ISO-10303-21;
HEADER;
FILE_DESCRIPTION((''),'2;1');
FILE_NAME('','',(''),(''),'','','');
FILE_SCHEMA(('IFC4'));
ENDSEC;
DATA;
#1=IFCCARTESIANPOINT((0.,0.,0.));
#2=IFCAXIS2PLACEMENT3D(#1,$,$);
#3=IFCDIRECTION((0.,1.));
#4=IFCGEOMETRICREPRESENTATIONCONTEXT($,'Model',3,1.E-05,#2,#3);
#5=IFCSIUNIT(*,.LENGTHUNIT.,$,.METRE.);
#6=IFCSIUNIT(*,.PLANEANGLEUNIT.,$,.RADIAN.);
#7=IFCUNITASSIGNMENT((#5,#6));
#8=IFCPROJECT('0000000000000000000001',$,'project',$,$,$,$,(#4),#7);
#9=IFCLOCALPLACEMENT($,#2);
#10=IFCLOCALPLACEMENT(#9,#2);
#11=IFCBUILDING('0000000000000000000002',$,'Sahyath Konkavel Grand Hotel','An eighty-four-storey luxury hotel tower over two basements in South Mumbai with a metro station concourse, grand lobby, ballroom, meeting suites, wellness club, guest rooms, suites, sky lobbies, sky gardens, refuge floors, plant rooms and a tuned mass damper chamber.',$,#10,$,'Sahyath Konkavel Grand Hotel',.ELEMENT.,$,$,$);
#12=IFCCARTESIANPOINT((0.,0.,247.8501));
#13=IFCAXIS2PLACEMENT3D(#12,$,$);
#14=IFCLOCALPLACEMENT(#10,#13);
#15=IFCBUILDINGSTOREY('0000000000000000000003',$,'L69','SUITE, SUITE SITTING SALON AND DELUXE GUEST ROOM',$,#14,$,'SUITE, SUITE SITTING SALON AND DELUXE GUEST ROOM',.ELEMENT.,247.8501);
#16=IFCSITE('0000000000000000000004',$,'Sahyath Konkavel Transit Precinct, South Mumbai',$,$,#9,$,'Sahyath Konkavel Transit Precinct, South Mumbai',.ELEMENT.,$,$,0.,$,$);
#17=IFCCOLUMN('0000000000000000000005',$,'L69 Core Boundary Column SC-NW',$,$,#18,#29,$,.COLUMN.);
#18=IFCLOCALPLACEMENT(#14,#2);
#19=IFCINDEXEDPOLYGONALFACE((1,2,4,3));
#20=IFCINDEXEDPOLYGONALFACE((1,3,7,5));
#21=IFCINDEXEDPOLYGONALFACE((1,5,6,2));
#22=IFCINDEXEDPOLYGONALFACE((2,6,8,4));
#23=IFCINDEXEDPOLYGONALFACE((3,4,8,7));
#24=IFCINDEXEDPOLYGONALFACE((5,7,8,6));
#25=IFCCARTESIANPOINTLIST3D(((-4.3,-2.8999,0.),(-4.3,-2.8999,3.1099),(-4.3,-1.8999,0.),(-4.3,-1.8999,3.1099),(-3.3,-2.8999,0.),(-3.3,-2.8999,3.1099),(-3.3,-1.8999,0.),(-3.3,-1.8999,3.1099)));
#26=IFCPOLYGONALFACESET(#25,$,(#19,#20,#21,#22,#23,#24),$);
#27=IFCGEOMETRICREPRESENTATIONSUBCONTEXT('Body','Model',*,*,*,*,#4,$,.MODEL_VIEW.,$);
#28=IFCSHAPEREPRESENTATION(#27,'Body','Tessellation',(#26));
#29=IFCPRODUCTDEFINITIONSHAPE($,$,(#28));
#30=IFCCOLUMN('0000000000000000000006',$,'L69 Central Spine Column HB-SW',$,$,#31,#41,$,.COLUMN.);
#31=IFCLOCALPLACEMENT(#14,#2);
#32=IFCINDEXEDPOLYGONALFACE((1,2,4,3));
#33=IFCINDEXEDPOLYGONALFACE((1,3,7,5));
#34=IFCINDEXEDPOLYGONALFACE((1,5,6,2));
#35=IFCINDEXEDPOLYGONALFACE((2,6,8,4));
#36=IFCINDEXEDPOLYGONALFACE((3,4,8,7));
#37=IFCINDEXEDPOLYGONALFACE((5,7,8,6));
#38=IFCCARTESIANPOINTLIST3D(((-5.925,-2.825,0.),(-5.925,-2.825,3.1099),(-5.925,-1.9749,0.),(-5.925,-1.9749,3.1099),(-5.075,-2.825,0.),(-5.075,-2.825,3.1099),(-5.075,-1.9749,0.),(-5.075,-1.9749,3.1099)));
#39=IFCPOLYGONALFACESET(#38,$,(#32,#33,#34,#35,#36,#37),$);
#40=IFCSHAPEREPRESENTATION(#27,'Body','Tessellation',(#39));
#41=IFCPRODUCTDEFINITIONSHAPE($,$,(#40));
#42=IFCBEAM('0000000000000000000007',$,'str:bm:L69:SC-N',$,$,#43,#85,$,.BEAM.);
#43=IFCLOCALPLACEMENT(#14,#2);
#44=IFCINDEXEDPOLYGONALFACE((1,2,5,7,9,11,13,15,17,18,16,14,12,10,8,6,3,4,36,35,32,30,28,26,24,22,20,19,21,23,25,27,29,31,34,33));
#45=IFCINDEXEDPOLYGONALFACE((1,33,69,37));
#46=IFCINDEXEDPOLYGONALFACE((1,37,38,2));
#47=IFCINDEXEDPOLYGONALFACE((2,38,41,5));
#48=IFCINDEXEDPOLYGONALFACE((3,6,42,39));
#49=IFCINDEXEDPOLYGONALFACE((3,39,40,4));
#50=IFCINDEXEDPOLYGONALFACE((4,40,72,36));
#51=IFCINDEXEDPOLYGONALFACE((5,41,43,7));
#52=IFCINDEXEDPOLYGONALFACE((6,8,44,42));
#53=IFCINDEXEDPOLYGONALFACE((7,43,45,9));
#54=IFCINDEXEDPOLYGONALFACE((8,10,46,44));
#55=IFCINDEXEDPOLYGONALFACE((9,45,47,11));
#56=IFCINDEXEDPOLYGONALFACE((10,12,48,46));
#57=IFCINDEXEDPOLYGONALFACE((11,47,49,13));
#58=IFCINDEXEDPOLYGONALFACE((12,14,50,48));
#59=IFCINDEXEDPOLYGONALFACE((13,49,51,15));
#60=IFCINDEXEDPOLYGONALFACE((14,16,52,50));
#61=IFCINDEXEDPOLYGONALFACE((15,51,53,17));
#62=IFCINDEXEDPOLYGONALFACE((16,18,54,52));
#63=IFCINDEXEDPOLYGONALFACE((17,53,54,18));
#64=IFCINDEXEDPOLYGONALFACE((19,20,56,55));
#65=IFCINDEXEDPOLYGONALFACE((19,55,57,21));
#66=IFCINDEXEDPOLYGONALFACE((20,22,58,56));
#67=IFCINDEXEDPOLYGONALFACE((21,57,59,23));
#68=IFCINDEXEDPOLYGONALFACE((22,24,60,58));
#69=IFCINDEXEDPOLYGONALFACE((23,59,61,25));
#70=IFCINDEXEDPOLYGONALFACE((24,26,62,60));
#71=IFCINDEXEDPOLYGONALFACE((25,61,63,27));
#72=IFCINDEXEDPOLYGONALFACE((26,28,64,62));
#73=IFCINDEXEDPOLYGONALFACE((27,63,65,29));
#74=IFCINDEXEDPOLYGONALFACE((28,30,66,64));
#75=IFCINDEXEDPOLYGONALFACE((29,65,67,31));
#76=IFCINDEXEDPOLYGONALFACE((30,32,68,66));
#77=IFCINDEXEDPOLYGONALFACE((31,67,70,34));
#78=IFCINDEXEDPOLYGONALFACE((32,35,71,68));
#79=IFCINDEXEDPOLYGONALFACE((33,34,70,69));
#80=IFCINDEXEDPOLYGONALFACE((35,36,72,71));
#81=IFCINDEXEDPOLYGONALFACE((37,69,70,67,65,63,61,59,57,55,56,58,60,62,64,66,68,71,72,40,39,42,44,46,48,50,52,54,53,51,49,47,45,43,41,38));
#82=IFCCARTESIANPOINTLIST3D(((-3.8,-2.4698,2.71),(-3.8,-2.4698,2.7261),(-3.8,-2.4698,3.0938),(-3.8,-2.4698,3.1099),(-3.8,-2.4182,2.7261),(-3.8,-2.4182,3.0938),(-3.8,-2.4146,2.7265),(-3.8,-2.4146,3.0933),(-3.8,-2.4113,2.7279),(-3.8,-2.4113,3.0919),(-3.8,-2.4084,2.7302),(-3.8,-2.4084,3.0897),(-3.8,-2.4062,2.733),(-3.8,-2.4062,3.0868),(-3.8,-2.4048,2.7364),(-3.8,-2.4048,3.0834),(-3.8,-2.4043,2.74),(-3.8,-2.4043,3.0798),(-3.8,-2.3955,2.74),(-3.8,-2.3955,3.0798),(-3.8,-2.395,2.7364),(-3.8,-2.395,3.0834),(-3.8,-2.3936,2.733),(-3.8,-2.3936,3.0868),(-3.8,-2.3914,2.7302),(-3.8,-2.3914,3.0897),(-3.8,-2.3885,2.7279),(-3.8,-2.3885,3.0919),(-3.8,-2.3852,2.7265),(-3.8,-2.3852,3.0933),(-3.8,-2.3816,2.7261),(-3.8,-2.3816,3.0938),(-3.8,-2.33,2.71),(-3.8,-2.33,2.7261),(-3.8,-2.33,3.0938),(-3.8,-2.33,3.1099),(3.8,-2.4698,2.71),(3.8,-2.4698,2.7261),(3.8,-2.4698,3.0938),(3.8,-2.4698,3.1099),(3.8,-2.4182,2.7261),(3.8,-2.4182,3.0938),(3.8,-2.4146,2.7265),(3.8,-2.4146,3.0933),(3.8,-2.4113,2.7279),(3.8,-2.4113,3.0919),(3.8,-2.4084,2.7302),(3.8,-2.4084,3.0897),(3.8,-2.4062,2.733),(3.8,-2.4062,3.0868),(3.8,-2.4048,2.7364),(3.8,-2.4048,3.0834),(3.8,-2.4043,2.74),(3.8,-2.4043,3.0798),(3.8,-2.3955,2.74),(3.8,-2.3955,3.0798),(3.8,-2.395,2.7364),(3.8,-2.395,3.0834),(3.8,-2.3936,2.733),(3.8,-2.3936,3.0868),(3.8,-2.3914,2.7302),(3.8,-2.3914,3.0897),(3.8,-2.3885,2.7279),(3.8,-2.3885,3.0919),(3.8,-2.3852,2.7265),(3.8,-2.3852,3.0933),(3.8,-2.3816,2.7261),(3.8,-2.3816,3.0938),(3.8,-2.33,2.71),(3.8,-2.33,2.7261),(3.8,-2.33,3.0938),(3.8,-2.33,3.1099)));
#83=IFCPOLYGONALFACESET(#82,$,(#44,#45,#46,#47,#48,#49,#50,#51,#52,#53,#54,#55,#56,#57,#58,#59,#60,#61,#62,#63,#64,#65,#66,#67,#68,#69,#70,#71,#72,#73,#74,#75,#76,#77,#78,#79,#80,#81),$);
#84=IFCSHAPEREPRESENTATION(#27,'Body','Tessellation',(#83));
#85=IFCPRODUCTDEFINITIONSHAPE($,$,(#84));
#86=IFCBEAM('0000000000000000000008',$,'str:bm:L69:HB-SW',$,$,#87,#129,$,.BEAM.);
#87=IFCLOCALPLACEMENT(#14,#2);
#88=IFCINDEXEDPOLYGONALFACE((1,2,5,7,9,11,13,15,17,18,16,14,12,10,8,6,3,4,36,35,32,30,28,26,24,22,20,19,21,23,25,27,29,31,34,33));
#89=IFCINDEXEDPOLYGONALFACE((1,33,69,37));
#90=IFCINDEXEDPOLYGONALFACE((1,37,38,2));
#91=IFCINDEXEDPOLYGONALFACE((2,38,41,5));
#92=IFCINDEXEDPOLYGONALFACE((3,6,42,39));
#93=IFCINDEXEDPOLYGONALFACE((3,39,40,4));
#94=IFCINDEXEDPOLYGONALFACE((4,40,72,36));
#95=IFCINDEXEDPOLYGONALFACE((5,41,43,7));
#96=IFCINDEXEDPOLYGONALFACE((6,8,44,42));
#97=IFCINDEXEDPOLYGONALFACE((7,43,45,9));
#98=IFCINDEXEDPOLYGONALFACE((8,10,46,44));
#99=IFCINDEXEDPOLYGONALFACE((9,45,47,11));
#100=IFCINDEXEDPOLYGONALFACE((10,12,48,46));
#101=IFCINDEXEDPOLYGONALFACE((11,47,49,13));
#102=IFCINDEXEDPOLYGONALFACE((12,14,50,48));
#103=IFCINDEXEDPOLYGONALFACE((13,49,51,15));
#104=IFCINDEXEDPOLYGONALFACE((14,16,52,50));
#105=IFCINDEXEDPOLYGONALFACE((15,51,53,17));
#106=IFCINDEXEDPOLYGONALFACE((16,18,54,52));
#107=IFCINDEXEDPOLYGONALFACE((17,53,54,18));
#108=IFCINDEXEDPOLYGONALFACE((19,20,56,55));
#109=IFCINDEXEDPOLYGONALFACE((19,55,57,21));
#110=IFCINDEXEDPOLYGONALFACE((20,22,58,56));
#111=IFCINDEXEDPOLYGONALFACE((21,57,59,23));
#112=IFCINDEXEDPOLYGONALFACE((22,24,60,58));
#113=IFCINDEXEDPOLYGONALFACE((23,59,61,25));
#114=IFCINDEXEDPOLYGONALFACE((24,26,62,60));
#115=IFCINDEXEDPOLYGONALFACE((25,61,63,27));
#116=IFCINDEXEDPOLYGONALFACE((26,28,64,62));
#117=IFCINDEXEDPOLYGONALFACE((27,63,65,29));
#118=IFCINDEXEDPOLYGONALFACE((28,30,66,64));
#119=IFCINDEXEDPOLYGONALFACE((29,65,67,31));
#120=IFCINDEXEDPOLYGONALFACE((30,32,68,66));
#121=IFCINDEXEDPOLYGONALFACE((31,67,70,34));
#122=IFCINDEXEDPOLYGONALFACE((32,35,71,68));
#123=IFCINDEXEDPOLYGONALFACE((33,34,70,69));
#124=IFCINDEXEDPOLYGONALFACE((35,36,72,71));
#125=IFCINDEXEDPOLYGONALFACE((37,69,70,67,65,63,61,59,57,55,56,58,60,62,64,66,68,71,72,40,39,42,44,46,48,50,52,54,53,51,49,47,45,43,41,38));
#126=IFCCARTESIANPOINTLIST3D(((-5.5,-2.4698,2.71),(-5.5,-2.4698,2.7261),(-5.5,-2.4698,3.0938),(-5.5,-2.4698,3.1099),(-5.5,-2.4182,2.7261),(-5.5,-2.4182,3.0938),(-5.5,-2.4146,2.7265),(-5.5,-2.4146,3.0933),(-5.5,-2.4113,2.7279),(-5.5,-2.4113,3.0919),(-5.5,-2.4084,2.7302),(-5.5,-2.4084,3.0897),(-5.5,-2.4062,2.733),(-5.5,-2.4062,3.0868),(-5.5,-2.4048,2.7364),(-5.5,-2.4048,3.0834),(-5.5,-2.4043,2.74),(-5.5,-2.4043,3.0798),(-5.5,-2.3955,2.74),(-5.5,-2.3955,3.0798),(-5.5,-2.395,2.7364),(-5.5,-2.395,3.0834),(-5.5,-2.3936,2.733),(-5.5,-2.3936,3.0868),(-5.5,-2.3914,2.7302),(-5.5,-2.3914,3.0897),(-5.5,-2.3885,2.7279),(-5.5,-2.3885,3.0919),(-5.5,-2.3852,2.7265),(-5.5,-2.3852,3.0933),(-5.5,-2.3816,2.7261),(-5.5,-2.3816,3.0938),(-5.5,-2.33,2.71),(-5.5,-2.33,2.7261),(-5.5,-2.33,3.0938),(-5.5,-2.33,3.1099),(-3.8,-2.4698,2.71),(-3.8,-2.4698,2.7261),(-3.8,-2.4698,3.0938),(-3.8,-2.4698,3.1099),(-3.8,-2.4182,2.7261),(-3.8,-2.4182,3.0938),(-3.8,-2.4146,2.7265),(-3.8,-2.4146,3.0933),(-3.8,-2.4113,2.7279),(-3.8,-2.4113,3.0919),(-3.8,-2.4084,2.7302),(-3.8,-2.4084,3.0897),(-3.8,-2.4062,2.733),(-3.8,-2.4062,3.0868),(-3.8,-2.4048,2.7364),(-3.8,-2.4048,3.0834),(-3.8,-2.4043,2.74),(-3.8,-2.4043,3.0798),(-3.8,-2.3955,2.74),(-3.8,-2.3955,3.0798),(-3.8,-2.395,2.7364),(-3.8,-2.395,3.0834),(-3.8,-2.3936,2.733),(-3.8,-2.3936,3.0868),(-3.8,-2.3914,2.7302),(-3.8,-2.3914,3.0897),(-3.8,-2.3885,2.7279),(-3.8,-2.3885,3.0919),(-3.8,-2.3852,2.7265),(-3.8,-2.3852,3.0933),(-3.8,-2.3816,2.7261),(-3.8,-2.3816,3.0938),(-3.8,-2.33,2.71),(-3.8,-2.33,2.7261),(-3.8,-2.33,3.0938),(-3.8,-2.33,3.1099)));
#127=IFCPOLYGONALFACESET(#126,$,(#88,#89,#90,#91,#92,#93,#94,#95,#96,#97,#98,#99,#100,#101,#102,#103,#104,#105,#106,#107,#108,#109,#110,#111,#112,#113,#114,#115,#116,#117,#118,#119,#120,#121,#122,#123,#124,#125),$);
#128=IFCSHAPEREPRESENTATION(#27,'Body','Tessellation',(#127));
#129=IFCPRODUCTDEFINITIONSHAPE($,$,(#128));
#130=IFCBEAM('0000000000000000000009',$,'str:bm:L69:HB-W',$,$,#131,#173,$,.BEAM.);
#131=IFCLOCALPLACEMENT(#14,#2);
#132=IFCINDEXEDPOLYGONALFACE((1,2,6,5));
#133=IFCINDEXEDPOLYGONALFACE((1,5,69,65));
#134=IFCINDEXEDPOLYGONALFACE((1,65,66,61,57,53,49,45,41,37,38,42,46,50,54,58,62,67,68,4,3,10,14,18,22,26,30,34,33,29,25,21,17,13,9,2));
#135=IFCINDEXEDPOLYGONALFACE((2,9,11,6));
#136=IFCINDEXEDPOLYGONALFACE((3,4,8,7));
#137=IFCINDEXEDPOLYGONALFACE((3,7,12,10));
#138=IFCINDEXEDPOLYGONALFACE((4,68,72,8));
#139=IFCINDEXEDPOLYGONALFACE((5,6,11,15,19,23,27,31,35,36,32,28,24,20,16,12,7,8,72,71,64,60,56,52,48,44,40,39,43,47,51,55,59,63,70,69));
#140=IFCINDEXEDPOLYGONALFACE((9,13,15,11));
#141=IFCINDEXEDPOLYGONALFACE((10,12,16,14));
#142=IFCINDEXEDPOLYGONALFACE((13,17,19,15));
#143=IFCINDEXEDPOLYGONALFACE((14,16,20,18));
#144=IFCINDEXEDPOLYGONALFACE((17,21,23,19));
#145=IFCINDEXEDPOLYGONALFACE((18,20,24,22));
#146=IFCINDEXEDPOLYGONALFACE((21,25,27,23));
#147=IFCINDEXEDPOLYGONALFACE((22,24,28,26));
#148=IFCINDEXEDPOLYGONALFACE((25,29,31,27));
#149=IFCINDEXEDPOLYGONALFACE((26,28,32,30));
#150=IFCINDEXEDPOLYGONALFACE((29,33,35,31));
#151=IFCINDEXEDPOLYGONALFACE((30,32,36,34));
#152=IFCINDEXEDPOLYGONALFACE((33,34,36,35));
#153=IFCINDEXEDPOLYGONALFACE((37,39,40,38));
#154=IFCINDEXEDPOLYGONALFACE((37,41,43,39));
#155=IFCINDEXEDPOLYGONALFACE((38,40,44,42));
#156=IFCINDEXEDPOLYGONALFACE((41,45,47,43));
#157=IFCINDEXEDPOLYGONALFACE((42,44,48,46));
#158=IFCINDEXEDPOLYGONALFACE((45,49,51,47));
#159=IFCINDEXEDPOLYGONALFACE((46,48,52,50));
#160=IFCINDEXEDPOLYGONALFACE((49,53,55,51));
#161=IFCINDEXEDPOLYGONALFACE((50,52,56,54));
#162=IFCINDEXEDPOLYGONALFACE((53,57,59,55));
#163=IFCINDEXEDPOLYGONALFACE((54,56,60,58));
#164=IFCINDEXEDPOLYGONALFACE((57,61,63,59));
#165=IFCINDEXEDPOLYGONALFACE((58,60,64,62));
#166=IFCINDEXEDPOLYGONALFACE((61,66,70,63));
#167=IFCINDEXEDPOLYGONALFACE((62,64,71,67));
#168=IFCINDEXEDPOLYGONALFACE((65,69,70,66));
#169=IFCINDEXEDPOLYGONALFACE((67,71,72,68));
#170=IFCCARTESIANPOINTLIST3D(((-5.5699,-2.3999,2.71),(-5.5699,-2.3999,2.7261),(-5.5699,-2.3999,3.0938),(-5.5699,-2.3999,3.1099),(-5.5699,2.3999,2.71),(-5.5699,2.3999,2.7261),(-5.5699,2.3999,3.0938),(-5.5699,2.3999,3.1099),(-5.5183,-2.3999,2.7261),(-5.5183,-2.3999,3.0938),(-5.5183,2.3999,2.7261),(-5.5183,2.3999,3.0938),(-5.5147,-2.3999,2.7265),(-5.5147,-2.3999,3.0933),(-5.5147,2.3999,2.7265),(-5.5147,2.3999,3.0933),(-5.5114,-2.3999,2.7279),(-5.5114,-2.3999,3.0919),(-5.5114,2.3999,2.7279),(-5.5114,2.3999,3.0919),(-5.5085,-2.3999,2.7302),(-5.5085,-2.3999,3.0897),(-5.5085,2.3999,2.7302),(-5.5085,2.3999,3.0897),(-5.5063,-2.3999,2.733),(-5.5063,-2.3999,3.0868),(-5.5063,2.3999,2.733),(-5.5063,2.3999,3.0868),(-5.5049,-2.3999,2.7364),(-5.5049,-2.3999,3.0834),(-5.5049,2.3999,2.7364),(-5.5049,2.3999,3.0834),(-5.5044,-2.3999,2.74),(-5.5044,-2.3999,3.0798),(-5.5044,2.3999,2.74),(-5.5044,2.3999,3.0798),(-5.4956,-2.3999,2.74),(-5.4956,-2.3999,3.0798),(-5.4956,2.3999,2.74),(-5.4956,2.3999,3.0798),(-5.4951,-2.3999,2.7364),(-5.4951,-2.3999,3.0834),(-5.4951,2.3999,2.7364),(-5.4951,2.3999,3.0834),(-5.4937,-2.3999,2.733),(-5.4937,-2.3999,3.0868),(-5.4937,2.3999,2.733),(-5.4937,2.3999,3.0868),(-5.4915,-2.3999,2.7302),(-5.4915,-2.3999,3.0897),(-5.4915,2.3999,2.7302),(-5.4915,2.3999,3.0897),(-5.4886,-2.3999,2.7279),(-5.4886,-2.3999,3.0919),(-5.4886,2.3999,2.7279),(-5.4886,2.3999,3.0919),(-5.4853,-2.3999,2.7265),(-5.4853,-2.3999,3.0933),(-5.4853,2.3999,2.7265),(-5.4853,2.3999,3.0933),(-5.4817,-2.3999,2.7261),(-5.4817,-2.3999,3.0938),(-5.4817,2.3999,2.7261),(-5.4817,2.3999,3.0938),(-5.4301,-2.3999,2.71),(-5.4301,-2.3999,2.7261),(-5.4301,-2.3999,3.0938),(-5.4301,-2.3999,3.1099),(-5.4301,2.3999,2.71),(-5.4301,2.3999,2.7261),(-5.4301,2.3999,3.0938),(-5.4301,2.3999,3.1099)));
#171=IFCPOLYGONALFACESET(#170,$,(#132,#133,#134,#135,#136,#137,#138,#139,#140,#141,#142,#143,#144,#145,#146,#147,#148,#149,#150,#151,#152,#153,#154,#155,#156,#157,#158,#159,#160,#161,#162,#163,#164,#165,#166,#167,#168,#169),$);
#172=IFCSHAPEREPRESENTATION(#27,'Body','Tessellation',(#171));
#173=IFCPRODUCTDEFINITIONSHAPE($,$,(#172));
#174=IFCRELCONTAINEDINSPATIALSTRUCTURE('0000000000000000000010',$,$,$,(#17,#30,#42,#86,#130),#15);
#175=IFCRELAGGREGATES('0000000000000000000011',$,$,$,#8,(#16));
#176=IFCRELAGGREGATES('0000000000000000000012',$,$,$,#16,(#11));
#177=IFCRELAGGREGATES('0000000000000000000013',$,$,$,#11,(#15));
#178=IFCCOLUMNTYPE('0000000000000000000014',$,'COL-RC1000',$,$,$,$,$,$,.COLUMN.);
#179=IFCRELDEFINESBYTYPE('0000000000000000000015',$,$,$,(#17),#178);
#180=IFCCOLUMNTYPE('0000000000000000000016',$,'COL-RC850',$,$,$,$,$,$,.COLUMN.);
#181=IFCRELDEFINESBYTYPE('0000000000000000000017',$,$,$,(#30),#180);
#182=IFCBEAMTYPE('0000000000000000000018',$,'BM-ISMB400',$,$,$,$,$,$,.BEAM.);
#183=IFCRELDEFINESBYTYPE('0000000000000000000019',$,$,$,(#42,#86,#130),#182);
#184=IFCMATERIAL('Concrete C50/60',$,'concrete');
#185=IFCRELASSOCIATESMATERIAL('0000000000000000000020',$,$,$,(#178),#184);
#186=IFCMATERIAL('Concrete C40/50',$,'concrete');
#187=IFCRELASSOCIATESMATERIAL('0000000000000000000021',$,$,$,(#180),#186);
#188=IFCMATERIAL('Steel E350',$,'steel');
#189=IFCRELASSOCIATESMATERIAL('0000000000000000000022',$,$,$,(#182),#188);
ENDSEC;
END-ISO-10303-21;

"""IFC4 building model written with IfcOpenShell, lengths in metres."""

from ifc_helpers import new_model, si_unit, direction, frame, origin, origin_2d, place, context, subcontext, project, spatial, rectangle, i_section, extrude, source, transform, mapped, material, material_profile, profile_set, type_object, element, save


model = new_model("IFC4")

# Units and contexts
model_context = context("Model", 3, precision=1e-05, world=origin(), true_north=direction((0.0, 1.0)))
body_context = subcontext(model_context, "Body", "Model", "MODEL_VIEW")
ifc_project = project(units=[si_unit("LENGTHUNIT", "METRE"), si_unit("PLANEANGLEUNIT", "RADIAN")], contexts=[model_context])

# Site, building, storey
site_placement = place(None, origin())
site = spatial("IfcSite", under=ifc_project, at=site_placement, Name="Sahyath Konkavel Transit Precinct, South Mumbai", LongName="Sahyath Konkavel Transit Precinct, South Mumbai", CompositionType="ELEMENT", RefElevation=0.0)
building_placement = place(site_placement, origin())
building = spatial("IfcBuilding", under=site, at=building_placement, Name="Sahyath Konkavel Grand Hotel", Description="An eighty-four-storey luxury hotel tower over two basements in South Mumbai with a metro station concourse, grand lobby, ballroom, meeting suites, wellness club, guest rooms, suites, sky lobbies, sky gardens, refuge floors, plant rooms and a tuned mass damper chamber.", LongName="Sahyath Konkavel Grand Hotel", CompositionType="ELEMENT")
storey_placement = place(building_placement, frame((0.0, 0.0, 247.8501)))
storey = spatial("IfcBuildingStorey", under=building, at=storey_placement, Name="L69", Description="SUITE, SUITE SITTING SALON AND DELUXE GUEST ROOM", LongName="SUITE, SUITE SITTING SALON AND DELUXE GUEST ROOM", CompositionType="ELEMENT", Elevation=247.8501)

# Columns
ifc_material_1 = material(Name="Concrete C50/60", Category="concrete")
ifc_material_profile_1 = material_profile(ifc_material_1, rectangle(XDim=1.0, YDim=1.0, at=origin_2d()), Name="RC 1000x1000")
ifc_profile_set_1 = profile_set([ifc_material_profile_1], Name="Concrete C50/60")
column_type_1 = type_object("IfcColumnType", Name="COL-RC1000", PredefinedType="COLUMN", material=ifc_profile_set_1)
shared_shape_1 = source(origin(), body_context, "Body", "SweptSolid", [
    extrude(rectangle(XDim=1.0, YDim=1.0, at=origin_2d()), origin(), (0.0, 0.0, 1.0), 3.1099),
])
column_1_placement = place(storey_placement, frame((-3.8, -2.3999, 0.0), z_axis=(0.0, 0.0, 1.0), x_axis=(1.0, 0.0, 0.0)))
element("IfcColumn", 1, at=column_1_placement, inside=storey, type_object=column_type_1, Name="L69 Core Boundary Column SC-NW", PredefinedType="COLUMN", context=body_context, shape_type="MappedRepresentation", body=[
    mapped(shared_shape_1, transform((0.0, 0.0, 0.0), scale=1.0)),
])
ifc_material_2 = material(Name="Concrete C40/50", Category="concrete")
ifc_material_profile_2 = material_profile(ifc_material_2, rectangle(XDim=0.8501, YDim=0.8501, at=origin_2d()), Name="RC 850x850")
ifc_profile_set_2 = profile_set([ifc_material_profile_2], Name="Concrete C40/50")
column_type_2 = type_object("IfcColumnType", Name="COL-RC850", PredefinedType="COLUMN", material=ifc_profile_set_2)
shared_shape_2 = source(origin(), body_context, "Body", "SweptSolid", [
    extrude(rectangle(XDim=0.8501, YDim=0.8501, at=origin_2d()), origin(), (0.0, 0.0, 1.0), 3.1099),
])
column_2_placement = place(storey_placement, frame((-5.5, -2.3999, 0.0), z_axis=(0.0, 0.0, 1.0), x_axis=(1.0, 0.0, 0.0)))
element("IfcColumn", 2, at=column_2_placement, inside=storey, type_object=column_type_2, Name="L69 Central Spine Column HB-SW", PredefinedType="COLUMN", context=body_context, shape_type="MappedRepresentation", body=[
    mapped(shared_shape_2, transform((0.0, 0.0, 0.0), scale=1.0)),
])

# Beams
ifc_material_3 = material(Name="Steel E350", Category="steel")
ifc_material_profile_3 = material_profile(ifc_material_3, i_section(OverallWidth=0.1399, OverallDepth=0.3999, WebThickness=0.0088, FlangeThickness=0.0161, FilletRadius=0.0139, at=origin_2d()), Name="ISMB 400")
ifc_profile_set_3 = profile_set([ifc_material_profile_3], Name="Steel E350")
beam_type_1 = type_object("IfcBeamType", Name="BM-ISMB400", PredefinedType="BEAM", material=ifc_profile_set_3)
shared_shape_3 = source(origin(), body_context, "Body", "SweptSolid", [
    extrude(i_section(OverallWidth=0.1399, OverallDepth=0.3999, WebThickness=0.0088, FlangeThickness=0.0161, FilletRadius=0.0139, at=origin_2d()), origin(), (0.0, 0.0, 1.0), 7.6001),
])
beam_1_placement = place(storey_placement, frame((-3.8, -2.3999, 2.9099), z_axis=(1.0, 0.0, 0.0), x_axis=(0.0, 1.0, 0.0)))
element("IfcBeam", 3, at=beam_1_placement, inside=storey, type_object=beam_type_1, Name="str:bm:L69:SC-N", PredefinedType="BEAM", context=body_context, shape_type="MappedRepresentation", body=[
    mapped(shared_shape_3, transform((0.0, 0.0, 0.0), scale=1.0)),
])
shared_shape_4 = source(origin(), body_context, "Body", "SweptSolid", [
    extrude(i_section(OverallWidth=0.1399, OverallDepth=0.3999, WebThickness=0.0088, FlangeThickness=0.0161, FilletRadius=0.0139, at=origin_2d()), origin(), (0.0, 0.0, 1.0), 1.7),
])
beam_2_placement = place(storey_placement, frame((-5.5, -2.3999, 2.9099), z_axis=(1.0, 0.0, 0.0), x_axis=(0.0, 1.0, 0.0)))
element("IfcBeam", 4, at=beam_2_placement, inside=storey, type_object=beam_type_1, Name="str:bm:L69:HB-SW", PredefinedType="BEAM", context=body_context, shape_type="MappedRepresentation", body=[
    mapped(shared_shape_4, transform((0.0, 0.0, 0.0), scale=1.0)),
])
shared_shape_5 = source(origin(), body_context, "Body", "SweptSolid", [
    extrude(i_section(OverallWidth=0.1399, OverallDepth=0.3999, WebThickness=0.0088, FlangeThickness=0.0161, FilletRadius=0.0139, at=origin_2d()), origin(), (0.0, 0.0, 1.0), 4.7998),
])
beam_3_placement = place(storey_placement, frame((-5.5, -2.3999, 2.9099), z_axis=(0.0, 1.0, 0.0), x_axis=(-1.0, 0.0, 0.0)))
element("IfcBeam", 5, at=beam_3_placement, inside=storey, type_object=beam_type_1, Name="str:bm:L69:HB-W", PredefinedType="BEAM", context=body_context, shape_type="MappedRepresentation", body=[
    mapped(shared_shape_5, transform((0.0, 0.0, 0.0), scale=1.0)),
])

save(model, "model.ifc")
